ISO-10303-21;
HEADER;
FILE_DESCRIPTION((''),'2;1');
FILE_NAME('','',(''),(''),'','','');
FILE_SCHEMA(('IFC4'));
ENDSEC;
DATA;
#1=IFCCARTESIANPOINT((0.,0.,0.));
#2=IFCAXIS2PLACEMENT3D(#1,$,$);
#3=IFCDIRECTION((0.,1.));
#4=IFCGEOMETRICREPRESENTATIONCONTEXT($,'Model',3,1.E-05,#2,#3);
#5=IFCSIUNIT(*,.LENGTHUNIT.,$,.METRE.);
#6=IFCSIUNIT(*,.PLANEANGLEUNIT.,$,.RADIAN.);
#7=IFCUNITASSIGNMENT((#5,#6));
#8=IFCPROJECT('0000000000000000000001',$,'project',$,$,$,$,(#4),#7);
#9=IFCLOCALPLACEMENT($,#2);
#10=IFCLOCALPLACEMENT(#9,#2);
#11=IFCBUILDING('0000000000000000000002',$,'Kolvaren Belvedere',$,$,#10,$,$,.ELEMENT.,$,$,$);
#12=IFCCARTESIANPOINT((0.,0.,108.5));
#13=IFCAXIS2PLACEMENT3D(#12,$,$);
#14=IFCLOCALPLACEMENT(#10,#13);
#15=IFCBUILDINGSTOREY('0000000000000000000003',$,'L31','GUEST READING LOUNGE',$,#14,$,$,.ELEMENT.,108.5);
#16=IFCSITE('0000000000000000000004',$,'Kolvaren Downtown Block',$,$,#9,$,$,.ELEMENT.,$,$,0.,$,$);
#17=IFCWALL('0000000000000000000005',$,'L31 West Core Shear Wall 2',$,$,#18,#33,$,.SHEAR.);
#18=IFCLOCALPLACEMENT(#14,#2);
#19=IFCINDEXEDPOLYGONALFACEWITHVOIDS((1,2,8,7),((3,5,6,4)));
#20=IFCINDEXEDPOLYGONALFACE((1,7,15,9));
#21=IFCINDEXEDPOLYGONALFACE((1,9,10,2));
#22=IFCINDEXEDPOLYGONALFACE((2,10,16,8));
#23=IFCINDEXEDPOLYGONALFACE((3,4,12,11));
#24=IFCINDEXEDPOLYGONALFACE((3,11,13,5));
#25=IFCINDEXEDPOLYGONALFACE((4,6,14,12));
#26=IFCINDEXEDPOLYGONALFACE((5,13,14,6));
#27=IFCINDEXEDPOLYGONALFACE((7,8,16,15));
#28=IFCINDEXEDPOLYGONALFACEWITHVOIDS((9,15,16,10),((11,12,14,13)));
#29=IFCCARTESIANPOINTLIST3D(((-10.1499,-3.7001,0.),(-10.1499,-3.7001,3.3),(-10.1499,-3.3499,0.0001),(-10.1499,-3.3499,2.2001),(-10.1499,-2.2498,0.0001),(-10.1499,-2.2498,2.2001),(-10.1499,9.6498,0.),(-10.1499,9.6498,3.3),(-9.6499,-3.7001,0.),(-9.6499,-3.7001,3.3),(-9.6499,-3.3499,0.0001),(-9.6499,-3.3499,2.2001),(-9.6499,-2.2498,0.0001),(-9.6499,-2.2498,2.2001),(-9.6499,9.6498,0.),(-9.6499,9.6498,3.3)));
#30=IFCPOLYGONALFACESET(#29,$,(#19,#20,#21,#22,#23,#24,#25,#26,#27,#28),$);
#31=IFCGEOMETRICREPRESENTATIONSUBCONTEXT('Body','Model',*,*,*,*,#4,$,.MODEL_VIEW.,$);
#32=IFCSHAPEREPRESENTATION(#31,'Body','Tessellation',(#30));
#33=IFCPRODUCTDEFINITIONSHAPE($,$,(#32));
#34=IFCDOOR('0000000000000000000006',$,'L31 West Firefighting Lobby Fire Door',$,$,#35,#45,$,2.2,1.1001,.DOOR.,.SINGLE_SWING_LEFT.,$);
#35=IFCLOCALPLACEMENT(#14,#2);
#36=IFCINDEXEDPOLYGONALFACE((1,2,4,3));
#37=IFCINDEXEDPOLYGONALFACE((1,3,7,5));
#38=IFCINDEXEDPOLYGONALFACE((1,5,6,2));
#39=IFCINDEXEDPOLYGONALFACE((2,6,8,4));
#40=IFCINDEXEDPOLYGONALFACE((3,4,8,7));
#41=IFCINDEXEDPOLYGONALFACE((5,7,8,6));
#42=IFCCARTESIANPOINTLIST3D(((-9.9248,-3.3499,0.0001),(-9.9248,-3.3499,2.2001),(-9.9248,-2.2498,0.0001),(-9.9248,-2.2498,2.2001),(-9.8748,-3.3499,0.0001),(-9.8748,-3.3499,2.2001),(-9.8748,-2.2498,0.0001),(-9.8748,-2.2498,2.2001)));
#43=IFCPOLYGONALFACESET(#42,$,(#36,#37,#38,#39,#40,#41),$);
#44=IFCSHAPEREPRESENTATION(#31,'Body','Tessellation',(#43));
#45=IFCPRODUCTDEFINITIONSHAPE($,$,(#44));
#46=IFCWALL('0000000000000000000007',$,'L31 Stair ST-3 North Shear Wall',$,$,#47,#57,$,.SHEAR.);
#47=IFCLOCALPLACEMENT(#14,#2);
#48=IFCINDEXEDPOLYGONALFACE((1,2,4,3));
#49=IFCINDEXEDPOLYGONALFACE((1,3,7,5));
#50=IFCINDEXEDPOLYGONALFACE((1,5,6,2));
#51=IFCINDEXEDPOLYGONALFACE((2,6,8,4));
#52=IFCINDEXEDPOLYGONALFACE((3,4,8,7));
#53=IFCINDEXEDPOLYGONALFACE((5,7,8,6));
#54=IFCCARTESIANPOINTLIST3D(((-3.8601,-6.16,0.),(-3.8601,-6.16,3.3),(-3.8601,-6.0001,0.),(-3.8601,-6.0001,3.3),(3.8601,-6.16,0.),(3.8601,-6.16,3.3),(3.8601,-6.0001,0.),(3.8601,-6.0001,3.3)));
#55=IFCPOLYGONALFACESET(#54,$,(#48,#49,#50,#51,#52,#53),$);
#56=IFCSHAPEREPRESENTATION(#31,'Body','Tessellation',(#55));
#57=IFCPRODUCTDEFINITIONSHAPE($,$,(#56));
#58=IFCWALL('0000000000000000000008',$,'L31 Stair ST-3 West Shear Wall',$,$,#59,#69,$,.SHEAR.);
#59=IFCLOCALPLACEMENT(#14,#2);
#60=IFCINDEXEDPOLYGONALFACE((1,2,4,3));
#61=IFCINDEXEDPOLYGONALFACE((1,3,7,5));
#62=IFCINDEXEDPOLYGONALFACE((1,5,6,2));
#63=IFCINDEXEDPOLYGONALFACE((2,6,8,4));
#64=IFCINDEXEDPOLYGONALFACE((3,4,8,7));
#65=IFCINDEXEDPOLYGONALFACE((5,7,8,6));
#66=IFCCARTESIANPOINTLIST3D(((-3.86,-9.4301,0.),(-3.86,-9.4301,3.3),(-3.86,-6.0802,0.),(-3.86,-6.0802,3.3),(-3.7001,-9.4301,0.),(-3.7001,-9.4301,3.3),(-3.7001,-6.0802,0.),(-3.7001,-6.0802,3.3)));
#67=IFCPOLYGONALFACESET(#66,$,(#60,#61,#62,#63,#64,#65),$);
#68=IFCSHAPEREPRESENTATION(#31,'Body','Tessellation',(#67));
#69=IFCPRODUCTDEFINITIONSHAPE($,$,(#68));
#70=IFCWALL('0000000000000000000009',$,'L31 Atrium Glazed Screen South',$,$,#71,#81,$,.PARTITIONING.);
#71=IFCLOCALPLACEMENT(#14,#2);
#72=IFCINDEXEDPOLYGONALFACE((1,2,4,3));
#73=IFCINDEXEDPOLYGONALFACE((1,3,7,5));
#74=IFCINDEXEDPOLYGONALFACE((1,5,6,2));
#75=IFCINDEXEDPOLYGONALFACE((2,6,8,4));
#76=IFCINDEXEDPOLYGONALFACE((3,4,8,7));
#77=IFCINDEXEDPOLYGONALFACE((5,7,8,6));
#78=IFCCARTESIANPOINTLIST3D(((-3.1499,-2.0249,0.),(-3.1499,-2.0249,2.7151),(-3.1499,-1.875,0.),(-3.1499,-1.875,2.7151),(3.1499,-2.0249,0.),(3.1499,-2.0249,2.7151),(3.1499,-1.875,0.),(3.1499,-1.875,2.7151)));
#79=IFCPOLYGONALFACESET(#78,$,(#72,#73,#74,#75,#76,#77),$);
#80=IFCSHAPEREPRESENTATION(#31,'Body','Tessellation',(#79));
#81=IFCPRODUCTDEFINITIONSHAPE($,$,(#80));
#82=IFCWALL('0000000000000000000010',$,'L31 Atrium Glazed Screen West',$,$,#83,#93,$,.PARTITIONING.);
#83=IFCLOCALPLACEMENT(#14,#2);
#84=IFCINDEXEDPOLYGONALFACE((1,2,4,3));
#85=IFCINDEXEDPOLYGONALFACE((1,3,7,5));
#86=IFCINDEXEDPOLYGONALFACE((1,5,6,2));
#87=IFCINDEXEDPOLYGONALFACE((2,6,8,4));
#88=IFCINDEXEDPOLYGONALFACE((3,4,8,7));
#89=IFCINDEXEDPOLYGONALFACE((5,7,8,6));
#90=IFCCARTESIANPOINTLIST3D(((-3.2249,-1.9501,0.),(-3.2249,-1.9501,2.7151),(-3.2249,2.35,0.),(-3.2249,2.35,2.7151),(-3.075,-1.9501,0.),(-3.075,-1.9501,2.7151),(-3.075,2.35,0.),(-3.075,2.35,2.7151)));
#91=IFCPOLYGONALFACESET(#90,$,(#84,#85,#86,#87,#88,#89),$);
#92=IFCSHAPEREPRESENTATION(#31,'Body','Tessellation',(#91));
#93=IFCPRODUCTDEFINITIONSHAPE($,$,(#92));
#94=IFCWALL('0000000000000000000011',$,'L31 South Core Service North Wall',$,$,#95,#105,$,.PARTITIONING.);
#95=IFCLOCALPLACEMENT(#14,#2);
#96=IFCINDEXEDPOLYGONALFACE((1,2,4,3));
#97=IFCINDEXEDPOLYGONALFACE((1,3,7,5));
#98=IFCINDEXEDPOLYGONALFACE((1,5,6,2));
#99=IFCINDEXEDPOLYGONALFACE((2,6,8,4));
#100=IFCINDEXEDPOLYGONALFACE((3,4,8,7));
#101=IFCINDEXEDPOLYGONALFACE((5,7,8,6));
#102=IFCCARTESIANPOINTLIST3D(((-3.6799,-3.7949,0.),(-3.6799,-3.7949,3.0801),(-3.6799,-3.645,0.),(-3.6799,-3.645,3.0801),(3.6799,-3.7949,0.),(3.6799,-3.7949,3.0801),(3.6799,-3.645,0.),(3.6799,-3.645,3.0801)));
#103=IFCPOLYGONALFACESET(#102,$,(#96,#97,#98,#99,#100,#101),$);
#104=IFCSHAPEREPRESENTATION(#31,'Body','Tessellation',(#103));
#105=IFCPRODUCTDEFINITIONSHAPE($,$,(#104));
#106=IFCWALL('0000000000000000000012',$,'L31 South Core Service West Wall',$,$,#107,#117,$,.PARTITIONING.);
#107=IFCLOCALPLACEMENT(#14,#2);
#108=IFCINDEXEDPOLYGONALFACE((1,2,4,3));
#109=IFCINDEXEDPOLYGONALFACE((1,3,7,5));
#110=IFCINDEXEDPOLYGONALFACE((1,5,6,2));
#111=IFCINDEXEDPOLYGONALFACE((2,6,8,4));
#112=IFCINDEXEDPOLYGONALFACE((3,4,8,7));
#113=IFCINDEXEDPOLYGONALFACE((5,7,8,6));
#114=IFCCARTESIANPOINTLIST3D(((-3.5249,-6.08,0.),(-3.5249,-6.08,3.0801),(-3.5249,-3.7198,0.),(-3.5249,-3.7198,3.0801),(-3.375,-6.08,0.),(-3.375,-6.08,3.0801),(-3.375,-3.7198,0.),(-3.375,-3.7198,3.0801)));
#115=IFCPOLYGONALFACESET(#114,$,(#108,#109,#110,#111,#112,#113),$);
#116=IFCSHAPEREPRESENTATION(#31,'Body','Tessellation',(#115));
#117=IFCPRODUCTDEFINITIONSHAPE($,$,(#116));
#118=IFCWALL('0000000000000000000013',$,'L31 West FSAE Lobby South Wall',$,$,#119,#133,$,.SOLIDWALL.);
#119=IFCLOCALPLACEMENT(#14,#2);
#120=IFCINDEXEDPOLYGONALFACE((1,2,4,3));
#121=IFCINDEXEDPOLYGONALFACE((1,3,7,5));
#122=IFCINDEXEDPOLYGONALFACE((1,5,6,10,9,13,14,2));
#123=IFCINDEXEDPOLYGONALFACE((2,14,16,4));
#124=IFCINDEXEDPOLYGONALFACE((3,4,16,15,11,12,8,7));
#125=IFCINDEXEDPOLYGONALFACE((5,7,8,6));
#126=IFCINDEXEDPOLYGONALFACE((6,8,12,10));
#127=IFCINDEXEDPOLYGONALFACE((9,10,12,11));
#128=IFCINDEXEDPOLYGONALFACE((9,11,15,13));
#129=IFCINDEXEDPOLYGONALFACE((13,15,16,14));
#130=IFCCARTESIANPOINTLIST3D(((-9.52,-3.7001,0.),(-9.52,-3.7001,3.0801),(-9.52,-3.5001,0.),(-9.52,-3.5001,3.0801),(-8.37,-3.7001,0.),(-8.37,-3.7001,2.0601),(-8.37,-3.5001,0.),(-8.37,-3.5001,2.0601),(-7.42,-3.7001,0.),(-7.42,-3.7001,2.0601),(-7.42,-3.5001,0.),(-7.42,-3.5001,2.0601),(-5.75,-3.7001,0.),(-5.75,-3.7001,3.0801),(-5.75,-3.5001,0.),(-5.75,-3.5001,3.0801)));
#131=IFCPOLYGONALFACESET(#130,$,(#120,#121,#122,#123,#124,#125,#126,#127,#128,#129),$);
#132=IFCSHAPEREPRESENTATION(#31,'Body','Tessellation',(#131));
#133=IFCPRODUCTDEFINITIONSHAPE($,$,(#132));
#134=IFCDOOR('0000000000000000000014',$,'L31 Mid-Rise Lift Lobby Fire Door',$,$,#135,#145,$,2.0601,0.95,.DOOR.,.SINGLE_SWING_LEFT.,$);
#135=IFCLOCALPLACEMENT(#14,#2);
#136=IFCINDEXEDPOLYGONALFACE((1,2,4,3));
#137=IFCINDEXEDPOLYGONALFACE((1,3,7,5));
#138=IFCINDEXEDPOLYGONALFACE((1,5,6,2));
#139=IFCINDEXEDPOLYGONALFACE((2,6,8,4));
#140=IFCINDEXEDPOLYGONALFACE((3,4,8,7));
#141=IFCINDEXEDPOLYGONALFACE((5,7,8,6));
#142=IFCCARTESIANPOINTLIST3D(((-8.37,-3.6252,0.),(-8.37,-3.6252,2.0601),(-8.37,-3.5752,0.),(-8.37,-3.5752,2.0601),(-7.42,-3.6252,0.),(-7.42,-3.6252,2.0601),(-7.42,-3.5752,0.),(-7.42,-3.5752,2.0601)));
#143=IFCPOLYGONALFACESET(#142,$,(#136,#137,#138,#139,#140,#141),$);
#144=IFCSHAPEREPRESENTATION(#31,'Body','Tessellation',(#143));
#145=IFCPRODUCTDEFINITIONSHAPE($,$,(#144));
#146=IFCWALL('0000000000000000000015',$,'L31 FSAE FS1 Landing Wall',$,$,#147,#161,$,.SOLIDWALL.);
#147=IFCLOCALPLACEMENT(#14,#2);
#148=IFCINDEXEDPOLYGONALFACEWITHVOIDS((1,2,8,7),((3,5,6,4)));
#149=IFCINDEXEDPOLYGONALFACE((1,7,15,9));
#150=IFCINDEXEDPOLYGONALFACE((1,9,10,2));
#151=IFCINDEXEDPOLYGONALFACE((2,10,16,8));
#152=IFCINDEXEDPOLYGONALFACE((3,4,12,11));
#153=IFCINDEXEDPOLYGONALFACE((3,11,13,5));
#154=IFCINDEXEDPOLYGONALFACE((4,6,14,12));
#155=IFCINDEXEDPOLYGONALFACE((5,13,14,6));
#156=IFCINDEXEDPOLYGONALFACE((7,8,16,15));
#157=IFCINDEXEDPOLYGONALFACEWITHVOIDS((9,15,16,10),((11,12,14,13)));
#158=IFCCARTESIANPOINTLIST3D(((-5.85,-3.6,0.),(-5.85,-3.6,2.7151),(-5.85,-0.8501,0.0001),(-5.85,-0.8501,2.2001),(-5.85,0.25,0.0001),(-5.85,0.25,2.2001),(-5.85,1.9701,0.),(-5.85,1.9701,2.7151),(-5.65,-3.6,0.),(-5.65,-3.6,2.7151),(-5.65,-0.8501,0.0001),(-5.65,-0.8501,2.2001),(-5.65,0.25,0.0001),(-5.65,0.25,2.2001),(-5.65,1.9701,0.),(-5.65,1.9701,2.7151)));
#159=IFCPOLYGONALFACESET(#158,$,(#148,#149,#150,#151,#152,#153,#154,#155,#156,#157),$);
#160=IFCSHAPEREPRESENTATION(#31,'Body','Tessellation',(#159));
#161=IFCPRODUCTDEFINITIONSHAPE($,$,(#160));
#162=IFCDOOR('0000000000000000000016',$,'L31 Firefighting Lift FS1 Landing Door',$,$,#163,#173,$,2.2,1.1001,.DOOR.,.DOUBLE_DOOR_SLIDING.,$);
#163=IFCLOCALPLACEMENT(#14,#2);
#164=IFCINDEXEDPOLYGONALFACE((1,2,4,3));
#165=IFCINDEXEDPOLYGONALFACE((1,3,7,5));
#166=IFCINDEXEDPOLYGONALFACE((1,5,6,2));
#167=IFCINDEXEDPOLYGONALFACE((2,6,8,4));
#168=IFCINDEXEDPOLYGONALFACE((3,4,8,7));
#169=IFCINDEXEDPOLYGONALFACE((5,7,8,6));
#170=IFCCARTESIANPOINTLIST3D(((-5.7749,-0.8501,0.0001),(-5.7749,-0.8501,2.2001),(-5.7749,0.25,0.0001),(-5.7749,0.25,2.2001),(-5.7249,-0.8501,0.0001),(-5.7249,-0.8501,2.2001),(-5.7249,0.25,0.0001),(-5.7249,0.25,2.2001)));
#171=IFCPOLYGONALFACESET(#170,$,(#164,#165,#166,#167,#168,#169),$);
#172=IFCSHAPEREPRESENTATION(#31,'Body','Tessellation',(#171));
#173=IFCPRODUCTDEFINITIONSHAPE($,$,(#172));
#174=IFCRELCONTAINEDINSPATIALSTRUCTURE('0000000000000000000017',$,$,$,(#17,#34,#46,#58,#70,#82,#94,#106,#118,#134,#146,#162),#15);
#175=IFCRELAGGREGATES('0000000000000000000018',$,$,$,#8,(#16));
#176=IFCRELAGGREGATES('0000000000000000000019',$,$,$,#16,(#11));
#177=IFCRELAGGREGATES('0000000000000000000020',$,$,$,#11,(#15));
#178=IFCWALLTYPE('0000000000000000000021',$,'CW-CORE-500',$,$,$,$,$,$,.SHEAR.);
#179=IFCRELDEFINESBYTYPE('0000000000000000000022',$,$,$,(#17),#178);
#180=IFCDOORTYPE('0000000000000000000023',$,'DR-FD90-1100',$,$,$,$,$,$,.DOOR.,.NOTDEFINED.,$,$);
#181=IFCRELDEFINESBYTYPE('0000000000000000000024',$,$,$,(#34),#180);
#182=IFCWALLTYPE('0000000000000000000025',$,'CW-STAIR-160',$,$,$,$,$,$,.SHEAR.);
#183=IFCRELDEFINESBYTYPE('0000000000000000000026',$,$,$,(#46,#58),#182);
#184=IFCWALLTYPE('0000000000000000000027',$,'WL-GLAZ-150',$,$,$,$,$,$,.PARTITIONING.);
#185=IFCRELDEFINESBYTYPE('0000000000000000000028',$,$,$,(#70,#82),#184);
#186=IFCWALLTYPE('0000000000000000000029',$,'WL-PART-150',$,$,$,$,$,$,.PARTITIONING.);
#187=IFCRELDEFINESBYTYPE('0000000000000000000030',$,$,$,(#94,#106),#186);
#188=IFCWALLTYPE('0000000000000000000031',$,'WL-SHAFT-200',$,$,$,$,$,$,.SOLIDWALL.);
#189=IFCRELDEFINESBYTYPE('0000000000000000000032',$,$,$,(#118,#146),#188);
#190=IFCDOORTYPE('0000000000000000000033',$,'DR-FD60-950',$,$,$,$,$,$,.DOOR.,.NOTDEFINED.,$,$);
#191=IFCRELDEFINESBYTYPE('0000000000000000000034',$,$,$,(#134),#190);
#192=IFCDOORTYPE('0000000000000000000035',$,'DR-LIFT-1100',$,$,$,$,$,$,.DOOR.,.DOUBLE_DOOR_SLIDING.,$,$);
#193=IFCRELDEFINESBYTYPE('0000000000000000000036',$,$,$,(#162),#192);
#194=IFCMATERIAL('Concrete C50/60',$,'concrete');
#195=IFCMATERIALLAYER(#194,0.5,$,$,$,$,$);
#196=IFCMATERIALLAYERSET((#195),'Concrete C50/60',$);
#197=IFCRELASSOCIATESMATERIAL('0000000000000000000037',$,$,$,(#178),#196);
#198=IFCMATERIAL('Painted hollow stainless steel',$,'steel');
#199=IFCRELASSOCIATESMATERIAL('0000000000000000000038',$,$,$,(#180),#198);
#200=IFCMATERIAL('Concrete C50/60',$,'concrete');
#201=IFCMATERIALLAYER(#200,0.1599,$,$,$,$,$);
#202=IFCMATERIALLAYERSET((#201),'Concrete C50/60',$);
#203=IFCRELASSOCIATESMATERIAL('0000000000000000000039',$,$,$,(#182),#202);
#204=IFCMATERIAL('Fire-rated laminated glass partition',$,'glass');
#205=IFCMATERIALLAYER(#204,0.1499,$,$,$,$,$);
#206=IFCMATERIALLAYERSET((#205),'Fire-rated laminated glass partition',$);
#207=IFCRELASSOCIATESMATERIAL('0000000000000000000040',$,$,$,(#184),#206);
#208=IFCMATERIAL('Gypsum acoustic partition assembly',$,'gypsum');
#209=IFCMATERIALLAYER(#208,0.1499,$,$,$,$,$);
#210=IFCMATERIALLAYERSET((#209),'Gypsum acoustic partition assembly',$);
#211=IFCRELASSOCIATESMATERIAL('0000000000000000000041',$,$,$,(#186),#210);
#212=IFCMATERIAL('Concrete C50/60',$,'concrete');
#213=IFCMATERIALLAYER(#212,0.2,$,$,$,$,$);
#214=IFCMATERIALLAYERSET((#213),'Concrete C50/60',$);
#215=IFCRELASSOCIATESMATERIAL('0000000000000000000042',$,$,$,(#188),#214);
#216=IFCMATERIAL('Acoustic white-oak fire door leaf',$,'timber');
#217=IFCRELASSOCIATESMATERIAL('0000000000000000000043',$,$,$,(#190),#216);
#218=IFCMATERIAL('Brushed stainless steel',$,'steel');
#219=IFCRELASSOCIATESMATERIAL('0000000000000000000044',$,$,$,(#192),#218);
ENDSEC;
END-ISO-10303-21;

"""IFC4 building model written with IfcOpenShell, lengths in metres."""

from ifc_helpers import new_model, si_unit, direction, frame, frame_2d, origin, place, context, subcontext, project, spatial, rectangle, extrude, material, layer, layer_set, type_object, element, fill, save


model = new_model("IFC4")

# Units and contexts
model_context = context("Model", 3, precision=1e-05, world=origin(), true_north=direction((0.0, 1.0)))
body_context = subcontext(model_context, "Body", "Model", "MODEL_VIEW")
ifc_project = project(units=[si_unit("LENGTHUNIT", "METRE"), si_unit("PLANEANGLEUNIT", "RADIAN")], contexts=[model_context])

# Site, building, storey
site_placement = place(None, origin())
site = spatial("IfcSite", under=ifc_project, at=site_placement, Name="Kolvaren Downtown Block", CompositionType="ELEMENT", RefElevation=0.0)
building_placement = place(site_placement, origin())
building = spatial("IfcBuilding", under=site, at=building_placement, Name="Kolvaren Belvedere", CompositionType="ELEMENT")
storey_placement = place(building_placement, frame((0.0, 0.0, 108.5)))
storey = spatial("IfcBuildingStorey", under=building, at=storey_placement, Name="L31", Description="GUEST READING LOUNGE", CompositionType="ELEMENT", Elevation=108.5)

# Wall, opening, door
ifc_material_1 = material(Name="Concrete C50/60", Category="concrete")
ifc_layer_1 = layer(ifc_material_1, 0.5)
ifc_layer_set_1 = layer_set([ifc_layer_1], Name="Concrete C50/60")
wall_type_1 = type_object("IfcWallType", Name="CW-CORE-500", PredefinedType="SHEAR", material=ifc_layer_set_1)
wall_1_placement = place(storey_placement, frame((-9.8999, -3.7, 0.0), z_axis=(0.0, 0.0, 1.0), x_axis=(0.0, 1.0, 0.0)))
wall_1 = element("IfcWall", 1, at=wall_1_placement, inside=storey, type_object=wall_type_1, Name="L31 West Core Shear Wall 2", PredefinedType="SHEAR", context=body_context, shape_type="SweptSolid", body=[
    extrude(rectangle(XDim=13.3499, YDim=0.5, at=frame_2d((6.6748, 0.0))), origin(), (0.0, 0.0, 1.0), 3.3),
])
opening_1_placement = place(wall_1_placement, frame((0.3501, 0.0, 0.0)))
opening_1 = element("IfcOpeningElement", 2, at=opening_1_placement, cuts=wall_1, PredefinedType="OPENING", context=body_context, shape_type="SweptSolid", body=[
    extrude(rectangle(XDim=1.1001, YDim=2.2, at=frame_2d((0.55, 1.1001))), frame((0.0, 0.26, 0.0), z_axis=(0.0, -1.0, 0.0), x_axis=(1.0, 0.0, 0.0)), (0.0, 0.0, 1.0), 0.52),
])
ifc_material_2 = material(Name="Painted hollow stainless steel", Category="steel")
door_type_1 = type_object("IfcDoorType", Name="DR-FD90-1100", OperationType="NOTDEFINED", PredefinedType="DOOR", material=ifc_material_2)
door_1_placement = place(opening_1_placement, origin())
door_1 = element("IfcDoor", 3, at=door_1_placement, inside=storey, type_object=door_type_1, Name="L31 West Firefighting Lobby Fire Door", OperationType="SINGLE_SWING_LEFT", OverallHeight=2.2, OverallWidth=1.1001, PredefinedType="DOOR", context=body_context, shape_type="SweptSolid", body=[
    extrude(rectangle(XDim=1.1001, YDim=2.2, at=frame_2d((0.55, 1.1001))), frame((0.0, 0.0249, 0.0), z_axis=(0.0, -1.0, 0.0), x_axis=(1.0, 0.0, 0.0)), (0.0, 0.0, 1.0), 0.05),
])
fill(opening_1, door_1)

# Walls
ifc_material_3 = material(Name="Concrete C50/60", Category="concrete")
ifc_layer_2 = layer(ifc_material_3, 0.1599)
ifc_layer_set_2 = layer_set([ifc_layer_2], Name="Concrete C50/60")
wall_type_2 = type_object("IfcWallType", Name="CW-STAIR-160", PredefinedType="SHEAR", material=ifc_layer_set_2)
wall_2_placement = place(storey_placement, frame((-3.8601, -6.0801, 0.0), z_axis=(0.0, 0.0, 1.0), x_axis=(1.0, 0.0, 0.0)))
element("IfcWall", 4, at=wall_2_placement, inside=storey, type_object=wall_type_2, Name="L31 Stair ST-3 North Shear Wall", PredefinedType="SHEAR", context=body_context, shape_type="SweptSolid", body=[
    extrude(rectangle(XDim=7.7202, YDim=0.1599, at=frame_2d((3.8601, 0.0))), origin(), (0.0, 0.0, 1.0), 3.3),
])
wall_3_placement = place(storey_placement, frame((-3.78, -9.4299, 0.0), z_axis=(0.0, 0.0, 1.0), x_axis=(0.0, 1.0, 0.0)))
element("IfcWall", 5, at=wall_3_placement, inside=storey, type_object=wall_type_2, Name="L31 Stair ST-3 West Shear Wall", PredefinedType="SHEAR", context=body_context, shape_type="SweptSolid", body=[
    extrude(rectangle(XDim=3.3499, YDim=0.1599, at=frame_2d((1.6748, 0.0))), origin(), (0.0, 0.0, 1.0), 3.3),
])
ifc_material_4 = material(Name="Fire-rated laminated glass partition", Category="glass")
ifc_layer_3 = layer(ifc_material_4, 0.1499)
ifc_layer_set_3 = layer_set([ifc_layer_3], Name="Fire-rated laminated glass partition")
wall_type_3 = type_object("IfcWallType", Name="WL-GLAZ-150", PredefinedType="PARTITIONING", material=ifc_layer_set_3)
wall_4_placement = place(storey_placement, frame((-3.1499, -1.95, 0.0), z_axis=(0.0, 0.0, 1.0), x_axis=(1.0, 0.0, 0.0)))
element("IfcWall", 6, at=wall_4_placement, inside=storey, type_object=wall_type_3, Name="L31 Atrium Glazed Screen South", PredefinedType="PARTITIONING", context=body_context, shape_type="SweptSolid", body=[
    extrude(rectangle(XDim=6.2998, YDim=0.1499, at=frame_2d((3.1499, 0.0))), origin(), (0.0, 0.0, 1.0), 2.7151),
])
wall_5_placement = place(storey_placement, frame((-3.1499, -1.95, 0.0), z_axis=(0.0, 0.0, 1.0), x_axis=(0.0, 1.0, 0.0)))
element("IfcWall", 7, at=wall_5_placement, inside=storey, type_object=wall_type_3, Name="L31 Atrium Glazed Screen West", PredefinedType="PARTITIONING", context=body_context, shape_type="SweptSolid", body=[
    extrude(rectangle(XDim=4.3, YDim=0.1499, at=frame_2d((2.1499, 0.0))), origin(), (0.0, 0.0, 1.0), 2.7151),
])
ifc_material_5 = material(Name="Gypsum acoustic partition assembly", Category="gypsum")
ifc_layer_4 = layer(ifc_material_5, 0.1499)
ifc_layer_set_4 = layer_set([ifc_layer_4], Name="Gypsum acoustic partition assembly")
wall_type_4 = type_object("IfcWallType", Name="WL-PART-150", PredefinedType="PARTITIONING", material=ifc_layer_set_4)
wall_6_placement = place(storey_placement, frame((-3.6799, -3.72, 0.0), z_axis=(0.0, 0.0, 1.0), x_axis=(1.0, 0.0, 0.0)))
element("IfcWall", 8, at=wall_6_placement, inside=storey, type_object=wall_type_4, Name="L31 South Core Service North Wall", PredefinedType="PARTITIONING", context=body_context, shape_type="SweptSolid", body=[
    extrude(rectangle(XDim=7.3599, YDim=0.1499, at=frame_2d((3.6799, 0.0))), origin(), (0.0, 0.0, 1.0), 3.0801),
])
wall_7_placement = place(storey_placement, frame((-3.45, -6.0801, 0.0), z_axis=(0.0, 0.0, 1.0), x_axis=(0.0, 1.0, 0.0)))
element("IfcWall", 9, at=wall_7_placement, inside=storey, type_object=wall_type_4, Name="L31 South Core Service West Wall", PredefinedType="PARTITIONING", context=body_context, shape_type="SweptSolid", body=[
    extrude(rectangle(XDim=2.3601, YDim=0.1499, at=frame_2d((1.1802, 0.0))), origin(), (0.0, 0.0, 1.0), 3.0801),
])

# Walls, openings, doors
ifc_material_6 = material(Name="Concrete C50/60", Category="concrete")
ifc_layer_5 = layer(ifc_material_6, 0.2)
ifc_layer_set_5 = layer_set([ifc_layer_5], Name="Concrete C50/60")
wall_type_5 = type_object("IfcWallType", Name="WL-SHAFT-200", PredefinedType="SOLIDWALL", material=ifc_layer_set_5)
wall_8_placement = place(storey_placement, frame((-9.52, -3.6001, 0.0), z_axis=(0.0, 0.0, 1.0), x_axis=(1.0, 0.0, 0.0)))
wall_8 = element("IfcWall", 10, at=wall_8_placement, inside=storey, type_object=wall_type_5, Name="L31 West FSAE Lobby South Wall", PredefinedType="SOLIDWALL", context=body_context, shape_type="SweptSolid", body=[
    extrude(rectangle(XDim=3.77, YDim=0.2, at=frame_2d((1.885, 0.0))), origin(), (0.0, 0.0, 1.0), 3.0801),
])
opening_2_placement = place(wall_8_placement, frame((1.1499, 0.0, 0.0)))
opening_2 = element("IfcOpeningElement", 11, at=opening_2_placement, cuts=wall_8, PredefinedType="OPENING", context=body_context, shape_type="SweptSolid", body=[
    extrude(rectangle(XDim=0.95, YDim=2.0601, at=frame_2d((0.4751, 1.03))), frame((0.0, 0.1099, 0.0), z_axis=(0.0, -1.0, 0.0), x_axis=(1.0, 0.0, 0.0)), (0.0, 0.0, 1.0), 0.22),
])
ifc_material_7 = material(Name="Acoustic white-oak fire door leaf", Category="timber")
door_type_2 = type_object("IfcDoorType", Name="DR-FD60-950", OperationType="NOTDEFINED", PredefinedType="DOOR", material=ifc_material_7)
door_2_placement = place(opening_2_placement, origin())
door_2 = element("IfcDoor", 12, at=door_2_placement, inside=storey, type_object=door_type_2, Name="L31 Mid-Rise Lift Lobby Fire Door", OperationType="SINGLE_SWING_LEFT", OverallHeight=2.0601, OverallWidth=0.95, PredefinedType="DOOR", context=body_context, shape_type="SweptSolid", body=[
    extrude(rectangle(XDim=0.95, YDim=2.0601, at=frame_2d((0.4751, 1.03))), frame((0.0, 0.0249, 0.0), z_axis=(0.0, -1.0, 0.0), x_axis=(1.0, 0.0, 0.0)), (0.0, 0.0, 1.0), 0.05),
])
fill(opening_2, door_2)
wall_9_placement = place(storey_placement, frame((-5.75, -3.6001, 0.0), z_axis=(0.0, 0.0, 1.0), x_axis=(0.0, 1.0, 0.0)))
wall_9 = element("IfcWall", 13, at=wall_9_placement, inside=storey, type_object=wall_type_5, Name="L31 FSAE FS1 Landing Wall", PredefinedType="SOLIDWALL", context=body_context, shape_type="SweptSolid", body=[
    extrude(rectangle(XDim=5.5701, YDim=0.2, at=frame_2d((2.7852, 0.0))), origin(), (0.0, 0.0, 1.0), 2.7151),
])
opening_3_placement = place(wall_9_placement, frame((2.75, 0.0, 0.0)))
opening_3 = element("IfcOpeningElement", 14, at=opening_3_placement, cuts=wall_9, PredefinedType="OPENING", context=body_context, shape_type="SweptSolid", body=[
    extrude(rectangle(XDim=1.1001, YDim=2.2, at=frame_2d((0.55, 1.1001))), frame((0.0, 0.1099, 0.0), z_axis=(0.0, -1.0, 0.0), x_axis=(1.0, 0.0, 0.0)), (0.0, 0.0, 1.0), 0.22),
])
ifc_material_8 = material(Name="Brushed stainless steel", Category="steel")
door_type_3 = type_object("IfcDoorType", Name="DR-LIFT-1100", OperationType="DOUBLE_DOOR_SLIDING", PredefinedType="DOOR", material=ifc_material_8)
door_3_placement = place(opening_3_placement, origin())
door_3 = element("IfcDoor", 15, at=door_3_placement, inside=storey, type_object=door_type_3, Name="L31 Firefighting Lift FS1 Landing Door", OperationType="DOUBLE_DOOR_SLIDING", OverallHeight=2.2, OverallWidth=1.1001, PredefinedType="DOOR", context=body_context, shape_type="SweptSolid", body=[
    extrude(rectangle(XDim=1.1001, YDim=2.2, at=frame_2d((0.55, 1.1001))), frame((0.0, 0.0249, 0.0), z_axis=(0.0, -1.0, 0.0), x_axis=(1.0, 0.0, 0.0)), (0.0, 0.0, 1.0), 0.05),
])
fill(opening_3, door_3)

save(model, "model.ifc")
